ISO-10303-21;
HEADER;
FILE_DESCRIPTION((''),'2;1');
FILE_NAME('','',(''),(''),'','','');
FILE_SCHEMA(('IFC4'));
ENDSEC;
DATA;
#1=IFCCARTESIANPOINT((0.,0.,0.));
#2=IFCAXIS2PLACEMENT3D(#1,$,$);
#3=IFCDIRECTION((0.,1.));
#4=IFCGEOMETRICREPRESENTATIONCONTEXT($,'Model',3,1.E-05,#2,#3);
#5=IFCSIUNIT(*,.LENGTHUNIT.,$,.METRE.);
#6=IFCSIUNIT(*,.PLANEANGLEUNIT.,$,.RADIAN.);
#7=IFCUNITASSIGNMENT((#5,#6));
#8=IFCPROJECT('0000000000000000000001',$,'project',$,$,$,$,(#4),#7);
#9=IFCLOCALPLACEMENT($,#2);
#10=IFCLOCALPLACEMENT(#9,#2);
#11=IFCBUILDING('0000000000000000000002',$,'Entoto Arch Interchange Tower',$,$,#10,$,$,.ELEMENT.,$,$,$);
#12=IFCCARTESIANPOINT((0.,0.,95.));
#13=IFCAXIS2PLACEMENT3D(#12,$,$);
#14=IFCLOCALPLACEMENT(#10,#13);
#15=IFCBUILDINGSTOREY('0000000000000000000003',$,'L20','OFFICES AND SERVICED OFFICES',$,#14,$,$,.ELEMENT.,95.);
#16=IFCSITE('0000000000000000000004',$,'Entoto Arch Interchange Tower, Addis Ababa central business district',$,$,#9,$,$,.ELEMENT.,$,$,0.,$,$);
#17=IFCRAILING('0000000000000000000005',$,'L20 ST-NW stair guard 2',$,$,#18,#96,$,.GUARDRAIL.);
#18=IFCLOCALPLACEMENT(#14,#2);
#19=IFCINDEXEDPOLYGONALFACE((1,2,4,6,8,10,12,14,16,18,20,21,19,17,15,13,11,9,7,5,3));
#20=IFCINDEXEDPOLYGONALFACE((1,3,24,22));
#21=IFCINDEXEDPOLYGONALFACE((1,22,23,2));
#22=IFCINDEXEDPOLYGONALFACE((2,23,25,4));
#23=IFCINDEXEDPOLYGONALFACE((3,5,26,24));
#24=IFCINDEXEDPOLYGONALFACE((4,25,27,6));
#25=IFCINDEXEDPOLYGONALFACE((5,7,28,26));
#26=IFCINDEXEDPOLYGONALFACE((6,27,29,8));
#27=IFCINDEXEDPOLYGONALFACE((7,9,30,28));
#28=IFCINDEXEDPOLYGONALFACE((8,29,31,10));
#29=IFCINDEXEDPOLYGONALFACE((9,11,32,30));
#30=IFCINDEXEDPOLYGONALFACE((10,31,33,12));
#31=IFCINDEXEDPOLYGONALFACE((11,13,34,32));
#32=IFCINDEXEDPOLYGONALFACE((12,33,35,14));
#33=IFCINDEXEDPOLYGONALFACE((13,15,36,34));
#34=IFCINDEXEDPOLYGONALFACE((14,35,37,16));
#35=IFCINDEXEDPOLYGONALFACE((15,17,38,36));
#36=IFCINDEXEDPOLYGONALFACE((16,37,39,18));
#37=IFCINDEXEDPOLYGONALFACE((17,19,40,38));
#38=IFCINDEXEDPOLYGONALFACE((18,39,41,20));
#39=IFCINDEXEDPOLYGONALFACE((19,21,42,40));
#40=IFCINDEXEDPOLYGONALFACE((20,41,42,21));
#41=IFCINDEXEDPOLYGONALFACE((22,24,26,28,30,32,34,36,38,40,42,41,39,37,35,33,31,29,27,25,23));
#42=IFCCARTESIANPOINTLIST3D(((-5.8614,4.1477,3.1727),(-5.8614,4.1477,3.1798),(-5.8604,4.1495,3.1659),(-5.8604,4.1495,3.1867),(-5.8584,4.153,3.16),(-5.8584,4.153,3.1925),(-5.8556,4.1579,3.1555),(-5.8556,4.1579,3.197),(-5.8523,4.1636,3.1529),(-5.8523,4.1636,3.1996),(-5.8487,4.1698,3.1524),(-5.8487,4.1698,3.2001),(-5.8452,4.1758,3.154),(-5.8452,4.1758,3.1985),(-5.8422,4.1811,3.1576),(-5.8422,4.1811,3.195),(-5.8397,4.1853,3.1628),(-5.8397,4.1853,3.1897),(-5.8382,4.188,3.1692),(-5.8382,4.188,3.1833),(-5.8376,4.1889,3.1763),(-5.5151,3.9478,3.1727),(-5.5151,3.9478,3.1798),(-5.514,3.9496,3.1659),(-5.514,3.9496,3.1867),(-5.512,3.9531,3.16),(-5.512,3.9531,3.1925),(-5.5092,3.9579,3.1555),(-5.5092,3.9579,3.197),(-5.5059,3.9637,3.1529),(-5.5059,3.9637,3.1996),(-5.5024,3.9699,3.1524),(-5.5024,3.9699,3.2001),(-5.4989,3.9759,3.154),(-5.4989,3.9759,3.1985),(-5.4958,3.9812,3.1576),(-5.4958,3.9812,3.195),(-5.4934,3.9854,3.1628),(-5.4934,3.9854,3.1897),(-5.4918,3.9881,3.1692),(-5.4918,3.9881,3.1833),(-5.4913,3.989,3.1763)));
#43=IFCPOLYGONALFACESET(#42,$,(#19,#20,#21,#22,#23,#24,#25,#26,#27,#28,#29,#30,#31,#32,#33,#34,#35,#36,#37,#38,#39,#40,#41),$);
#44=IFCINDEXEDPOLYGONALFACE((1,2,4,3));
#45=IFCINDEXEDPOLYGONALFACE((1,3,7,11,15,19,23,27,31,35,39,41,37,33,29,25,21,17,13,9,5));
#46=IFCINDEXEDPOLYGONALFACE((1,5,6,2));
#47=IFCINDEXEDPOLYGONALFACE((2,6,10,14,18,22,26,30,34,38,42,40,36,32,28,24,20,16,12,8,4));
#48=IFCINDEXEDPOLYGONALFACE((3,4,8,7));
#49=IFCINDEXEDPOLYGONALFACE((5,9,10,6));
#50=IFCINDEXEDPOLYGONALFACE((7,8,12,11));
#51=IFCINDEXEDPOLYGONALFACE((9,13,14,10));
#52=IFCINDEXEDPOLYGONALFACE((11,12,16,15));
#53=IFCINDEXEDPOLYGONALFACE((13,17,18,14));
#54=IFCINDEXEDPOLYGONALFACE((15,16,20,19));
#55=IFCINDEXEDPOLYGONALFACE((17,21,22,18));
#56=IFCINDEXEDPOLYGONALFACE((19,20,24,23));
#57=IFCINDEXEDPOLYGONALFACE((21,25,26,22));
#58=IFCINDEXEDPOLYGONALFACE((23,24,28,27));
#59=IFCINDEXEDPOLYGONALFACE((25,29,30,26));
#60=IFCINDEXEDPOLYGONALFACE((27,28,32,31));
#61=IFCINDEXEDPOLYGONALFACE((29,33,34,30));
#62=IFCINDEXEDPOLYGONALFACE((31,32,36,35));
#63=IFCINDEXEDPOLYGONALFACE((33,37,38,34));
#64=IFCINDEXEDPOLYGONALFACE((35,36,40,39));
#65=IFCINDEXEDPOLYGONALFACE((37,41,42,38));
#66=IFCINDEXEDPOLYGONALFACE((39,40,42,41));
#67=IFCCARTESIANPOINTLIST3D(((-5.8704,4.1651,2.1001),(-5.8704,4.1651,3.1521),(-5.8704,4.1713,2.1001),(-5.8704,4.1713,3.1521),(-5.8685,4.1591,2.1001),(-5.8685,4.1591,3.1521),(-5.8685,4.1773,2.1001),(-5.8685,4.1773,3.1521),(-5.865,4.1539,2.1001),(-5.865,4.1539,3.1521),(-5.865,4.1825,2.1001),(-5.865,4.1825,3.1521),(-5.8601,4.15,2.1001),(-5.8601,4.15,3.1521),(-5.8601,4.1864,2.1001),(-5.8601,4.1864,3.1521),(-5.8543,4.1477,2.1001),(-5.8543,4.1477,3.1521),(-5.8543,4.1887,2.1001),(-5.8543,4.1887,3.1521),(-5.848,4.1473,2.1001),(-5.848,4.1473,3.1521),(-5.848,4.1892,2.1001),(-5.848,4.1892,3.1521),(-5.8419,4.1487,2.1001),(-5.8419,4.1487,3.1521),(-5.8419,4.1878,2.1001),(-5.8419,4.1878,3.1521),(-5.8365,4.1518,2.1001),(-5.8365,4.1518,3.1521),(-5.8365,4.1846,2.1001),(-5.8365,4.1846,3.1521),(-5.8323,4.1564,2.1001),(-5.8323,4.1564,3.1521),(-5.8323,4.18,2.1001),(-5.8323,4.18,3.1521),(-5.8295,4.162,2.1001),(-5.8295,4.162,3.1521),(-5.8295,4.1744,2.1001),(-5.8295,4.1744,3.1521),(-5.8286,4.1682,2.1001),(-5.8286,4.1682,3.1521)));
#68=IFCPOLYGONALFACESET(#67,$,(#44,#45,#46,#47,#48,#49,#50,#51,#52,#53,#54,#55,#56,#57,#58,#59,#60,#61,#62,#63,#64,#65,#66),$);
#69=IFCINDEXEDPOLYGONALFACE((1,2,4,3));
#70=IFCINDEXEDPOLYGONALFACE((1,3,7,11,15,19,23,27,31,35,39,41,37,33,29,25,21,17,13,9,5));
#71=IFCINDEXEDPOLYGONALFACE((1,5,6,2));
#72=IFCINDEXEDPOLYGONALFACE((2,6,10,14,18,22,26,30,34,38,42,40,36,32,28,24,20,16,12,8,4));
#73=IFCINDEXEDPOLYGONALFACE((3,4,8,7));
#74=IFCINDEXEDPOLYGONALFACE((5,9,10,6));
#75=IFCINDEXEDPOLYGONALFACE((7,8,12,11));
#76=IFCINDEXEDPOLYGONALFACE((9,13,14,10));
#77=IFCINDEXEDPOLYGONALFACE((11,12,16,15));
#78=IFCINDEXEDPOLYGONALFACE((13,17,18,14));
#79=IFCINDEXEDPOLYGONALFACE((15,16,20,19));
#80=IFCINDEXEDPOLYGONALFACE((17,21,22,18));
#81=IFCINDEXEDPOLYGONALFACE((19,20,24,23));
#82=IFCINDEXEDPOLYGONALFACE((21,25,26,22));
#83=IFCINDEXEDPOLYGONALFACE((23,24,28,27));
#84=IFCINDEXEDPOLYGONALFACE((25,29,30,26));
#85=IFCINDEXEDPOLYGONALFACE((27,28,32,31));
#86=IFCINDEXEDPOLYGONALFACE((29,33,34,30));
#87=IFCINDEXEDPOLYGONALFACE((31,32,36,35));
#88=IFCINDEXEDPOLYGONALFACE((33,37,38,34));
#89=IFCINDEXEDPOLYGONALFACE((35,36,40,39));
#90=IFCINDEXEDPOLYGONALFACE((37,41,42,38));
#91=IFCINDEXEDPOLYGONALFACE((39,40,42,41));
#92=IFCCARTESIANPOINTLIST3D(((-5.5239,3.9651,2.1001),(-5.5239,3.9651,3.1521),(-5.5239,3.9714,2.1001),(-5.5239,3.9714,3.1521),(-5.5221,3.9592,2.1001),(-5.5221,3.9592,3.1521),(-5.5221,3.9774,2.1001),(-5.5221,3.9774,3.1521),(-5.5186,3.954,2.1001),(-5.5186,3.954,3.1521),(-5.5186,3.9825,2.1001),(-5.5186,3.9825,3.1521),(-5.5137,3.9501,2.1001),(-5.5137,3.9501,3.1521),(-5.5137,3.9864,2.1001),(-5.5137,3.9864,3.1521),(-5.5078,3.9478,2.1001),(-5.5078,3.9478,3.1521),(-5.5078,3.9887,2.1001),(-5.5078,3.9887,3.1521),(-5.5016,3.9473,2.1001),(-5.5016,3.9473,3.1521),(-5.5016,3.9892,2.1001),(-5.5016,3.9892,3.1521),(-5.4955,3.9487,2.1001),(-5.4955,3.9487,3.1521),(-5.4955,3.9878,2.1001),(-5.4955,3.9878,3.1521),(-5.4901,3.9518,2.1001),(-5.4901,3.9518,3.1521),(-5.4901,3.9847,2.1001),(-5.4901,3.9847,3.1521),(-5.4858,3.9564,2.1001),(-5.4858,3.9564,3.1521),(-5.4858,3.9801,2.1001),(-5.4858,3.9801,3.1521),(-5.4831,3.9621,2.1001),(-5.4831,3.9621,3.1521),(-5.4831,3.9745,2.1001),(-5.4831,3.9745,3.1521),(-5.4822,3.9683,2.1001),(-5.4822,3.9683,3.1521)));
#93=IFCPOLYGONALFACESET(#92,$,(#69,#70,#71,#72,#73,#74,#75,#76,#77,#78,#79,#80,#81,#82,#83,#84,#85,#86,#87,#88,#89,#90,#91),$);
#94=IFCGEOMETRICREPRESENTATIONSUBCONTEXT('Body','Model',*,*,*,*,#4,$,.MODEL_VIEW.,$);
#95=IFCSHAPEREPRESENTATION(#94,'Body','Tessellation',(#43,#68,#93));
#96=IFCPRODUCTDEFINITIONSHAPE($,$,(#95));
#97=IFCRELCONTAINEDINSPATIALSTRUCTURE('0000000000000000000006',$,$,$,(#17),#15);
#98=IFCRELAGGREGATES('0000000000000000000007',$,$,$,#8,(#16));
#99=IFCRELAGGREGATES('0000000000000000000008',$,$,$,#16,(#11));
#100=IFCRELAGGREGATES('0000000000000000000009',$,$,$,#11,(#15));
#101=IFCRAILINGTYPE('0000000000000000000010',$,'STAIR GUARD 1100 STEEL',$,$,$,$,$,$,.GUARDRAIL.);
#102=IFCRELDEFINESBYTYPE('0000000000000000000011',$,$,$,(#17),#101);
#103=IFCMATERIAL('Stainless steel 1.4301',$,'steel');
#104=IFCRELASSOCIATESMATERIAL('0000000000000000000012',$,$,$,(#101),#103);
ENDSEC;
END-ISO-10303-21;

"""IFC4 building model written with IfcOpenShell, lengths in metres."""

from ifc_helpers import new_model, si_unit, direction, frame, origin, origin_2d, place, context, subcontext, project, spatial, circle, extrude, material, type_object, element, save


model = new_model("IFC4")

# Units and contexts
model_context = context("Model", 3, precision=1e-05, world=origin(), true_north=direction((0.0, 1.0)))
body_context = subcontext(model_context, "Body", "Model", "MODEL_VIEW")
ifc_project = project(units=[si_unit("LENGTHUNIT", "METRE"), si_unit("PLANEANGLEUNIT", "RADIAN")], contexts=[model_context])

# Site, building, storey
site_placement = place(None, origin())
site = spatial("IfcSite", under=ifc_project, at=site_placement, Name="Entoto Arch Interchange Tower, Addis Ababa central business district", CompositionType="ELEMENT", RefElevation=0.0)
building_placement = place(site_placement, origin())
building = spatial("IfcBuilding", under=site, at=building_placement, Name="Entoto Arch Interchange Tower", CompositionType="ELEMENT")
storey_placement = place(building_placement, frame((0.0, 0.0, 95.0)))
storey = spatial("IfcBuildingStorey", under=building, at=storey_placement, Name="L20", Description="OFFICES AND SERVICED OFFICES", CompositionType="ELEMENT", Elevation=95.0)

# Railing
ifc_material_1 = material(Name="Stainless steel 1.4301", Category="steel")
railing_type_1 = type_object("IfcRailingType", Name="STAIR GUARD 1100 STEEL", PredefinedType="GUARDRAIL", material=ifc_material_1)
railing_1_placement = place(storey_placement, frame((-5.8496, 4.1682, 2.1001)))
element("IfcRailing", 1, at=railing_1_placement, inside=storey, type_object=railing_type_1, Name="L20 ST-NW stair guard 2", PredefinedType="GUARDRAIL", context=body_context, shape_type="SweptSolid", body=[
    extrude(circle(Radius=0.0239, at=origin_2d()), frame((0.0, 0.0, 1.0762), z_axis=(0.866094, -0.499881, 0.0), x_axis=(0.499881, 0.866094, 0.0)), (0.0, 0.0, 1.0), 0.3999),
    extrude(circle(Radius=0.021, at=origin_2d()), origin(), (0.0, 0.0, 1.0), 1.052),
    extrude(circle(Radius=0.021, at=origin_2d()), frame((0.3464, -0.2, 0.0)), (0.0, 0.0, 1.0), 1.052),
])

save(model, "model.ifc")
